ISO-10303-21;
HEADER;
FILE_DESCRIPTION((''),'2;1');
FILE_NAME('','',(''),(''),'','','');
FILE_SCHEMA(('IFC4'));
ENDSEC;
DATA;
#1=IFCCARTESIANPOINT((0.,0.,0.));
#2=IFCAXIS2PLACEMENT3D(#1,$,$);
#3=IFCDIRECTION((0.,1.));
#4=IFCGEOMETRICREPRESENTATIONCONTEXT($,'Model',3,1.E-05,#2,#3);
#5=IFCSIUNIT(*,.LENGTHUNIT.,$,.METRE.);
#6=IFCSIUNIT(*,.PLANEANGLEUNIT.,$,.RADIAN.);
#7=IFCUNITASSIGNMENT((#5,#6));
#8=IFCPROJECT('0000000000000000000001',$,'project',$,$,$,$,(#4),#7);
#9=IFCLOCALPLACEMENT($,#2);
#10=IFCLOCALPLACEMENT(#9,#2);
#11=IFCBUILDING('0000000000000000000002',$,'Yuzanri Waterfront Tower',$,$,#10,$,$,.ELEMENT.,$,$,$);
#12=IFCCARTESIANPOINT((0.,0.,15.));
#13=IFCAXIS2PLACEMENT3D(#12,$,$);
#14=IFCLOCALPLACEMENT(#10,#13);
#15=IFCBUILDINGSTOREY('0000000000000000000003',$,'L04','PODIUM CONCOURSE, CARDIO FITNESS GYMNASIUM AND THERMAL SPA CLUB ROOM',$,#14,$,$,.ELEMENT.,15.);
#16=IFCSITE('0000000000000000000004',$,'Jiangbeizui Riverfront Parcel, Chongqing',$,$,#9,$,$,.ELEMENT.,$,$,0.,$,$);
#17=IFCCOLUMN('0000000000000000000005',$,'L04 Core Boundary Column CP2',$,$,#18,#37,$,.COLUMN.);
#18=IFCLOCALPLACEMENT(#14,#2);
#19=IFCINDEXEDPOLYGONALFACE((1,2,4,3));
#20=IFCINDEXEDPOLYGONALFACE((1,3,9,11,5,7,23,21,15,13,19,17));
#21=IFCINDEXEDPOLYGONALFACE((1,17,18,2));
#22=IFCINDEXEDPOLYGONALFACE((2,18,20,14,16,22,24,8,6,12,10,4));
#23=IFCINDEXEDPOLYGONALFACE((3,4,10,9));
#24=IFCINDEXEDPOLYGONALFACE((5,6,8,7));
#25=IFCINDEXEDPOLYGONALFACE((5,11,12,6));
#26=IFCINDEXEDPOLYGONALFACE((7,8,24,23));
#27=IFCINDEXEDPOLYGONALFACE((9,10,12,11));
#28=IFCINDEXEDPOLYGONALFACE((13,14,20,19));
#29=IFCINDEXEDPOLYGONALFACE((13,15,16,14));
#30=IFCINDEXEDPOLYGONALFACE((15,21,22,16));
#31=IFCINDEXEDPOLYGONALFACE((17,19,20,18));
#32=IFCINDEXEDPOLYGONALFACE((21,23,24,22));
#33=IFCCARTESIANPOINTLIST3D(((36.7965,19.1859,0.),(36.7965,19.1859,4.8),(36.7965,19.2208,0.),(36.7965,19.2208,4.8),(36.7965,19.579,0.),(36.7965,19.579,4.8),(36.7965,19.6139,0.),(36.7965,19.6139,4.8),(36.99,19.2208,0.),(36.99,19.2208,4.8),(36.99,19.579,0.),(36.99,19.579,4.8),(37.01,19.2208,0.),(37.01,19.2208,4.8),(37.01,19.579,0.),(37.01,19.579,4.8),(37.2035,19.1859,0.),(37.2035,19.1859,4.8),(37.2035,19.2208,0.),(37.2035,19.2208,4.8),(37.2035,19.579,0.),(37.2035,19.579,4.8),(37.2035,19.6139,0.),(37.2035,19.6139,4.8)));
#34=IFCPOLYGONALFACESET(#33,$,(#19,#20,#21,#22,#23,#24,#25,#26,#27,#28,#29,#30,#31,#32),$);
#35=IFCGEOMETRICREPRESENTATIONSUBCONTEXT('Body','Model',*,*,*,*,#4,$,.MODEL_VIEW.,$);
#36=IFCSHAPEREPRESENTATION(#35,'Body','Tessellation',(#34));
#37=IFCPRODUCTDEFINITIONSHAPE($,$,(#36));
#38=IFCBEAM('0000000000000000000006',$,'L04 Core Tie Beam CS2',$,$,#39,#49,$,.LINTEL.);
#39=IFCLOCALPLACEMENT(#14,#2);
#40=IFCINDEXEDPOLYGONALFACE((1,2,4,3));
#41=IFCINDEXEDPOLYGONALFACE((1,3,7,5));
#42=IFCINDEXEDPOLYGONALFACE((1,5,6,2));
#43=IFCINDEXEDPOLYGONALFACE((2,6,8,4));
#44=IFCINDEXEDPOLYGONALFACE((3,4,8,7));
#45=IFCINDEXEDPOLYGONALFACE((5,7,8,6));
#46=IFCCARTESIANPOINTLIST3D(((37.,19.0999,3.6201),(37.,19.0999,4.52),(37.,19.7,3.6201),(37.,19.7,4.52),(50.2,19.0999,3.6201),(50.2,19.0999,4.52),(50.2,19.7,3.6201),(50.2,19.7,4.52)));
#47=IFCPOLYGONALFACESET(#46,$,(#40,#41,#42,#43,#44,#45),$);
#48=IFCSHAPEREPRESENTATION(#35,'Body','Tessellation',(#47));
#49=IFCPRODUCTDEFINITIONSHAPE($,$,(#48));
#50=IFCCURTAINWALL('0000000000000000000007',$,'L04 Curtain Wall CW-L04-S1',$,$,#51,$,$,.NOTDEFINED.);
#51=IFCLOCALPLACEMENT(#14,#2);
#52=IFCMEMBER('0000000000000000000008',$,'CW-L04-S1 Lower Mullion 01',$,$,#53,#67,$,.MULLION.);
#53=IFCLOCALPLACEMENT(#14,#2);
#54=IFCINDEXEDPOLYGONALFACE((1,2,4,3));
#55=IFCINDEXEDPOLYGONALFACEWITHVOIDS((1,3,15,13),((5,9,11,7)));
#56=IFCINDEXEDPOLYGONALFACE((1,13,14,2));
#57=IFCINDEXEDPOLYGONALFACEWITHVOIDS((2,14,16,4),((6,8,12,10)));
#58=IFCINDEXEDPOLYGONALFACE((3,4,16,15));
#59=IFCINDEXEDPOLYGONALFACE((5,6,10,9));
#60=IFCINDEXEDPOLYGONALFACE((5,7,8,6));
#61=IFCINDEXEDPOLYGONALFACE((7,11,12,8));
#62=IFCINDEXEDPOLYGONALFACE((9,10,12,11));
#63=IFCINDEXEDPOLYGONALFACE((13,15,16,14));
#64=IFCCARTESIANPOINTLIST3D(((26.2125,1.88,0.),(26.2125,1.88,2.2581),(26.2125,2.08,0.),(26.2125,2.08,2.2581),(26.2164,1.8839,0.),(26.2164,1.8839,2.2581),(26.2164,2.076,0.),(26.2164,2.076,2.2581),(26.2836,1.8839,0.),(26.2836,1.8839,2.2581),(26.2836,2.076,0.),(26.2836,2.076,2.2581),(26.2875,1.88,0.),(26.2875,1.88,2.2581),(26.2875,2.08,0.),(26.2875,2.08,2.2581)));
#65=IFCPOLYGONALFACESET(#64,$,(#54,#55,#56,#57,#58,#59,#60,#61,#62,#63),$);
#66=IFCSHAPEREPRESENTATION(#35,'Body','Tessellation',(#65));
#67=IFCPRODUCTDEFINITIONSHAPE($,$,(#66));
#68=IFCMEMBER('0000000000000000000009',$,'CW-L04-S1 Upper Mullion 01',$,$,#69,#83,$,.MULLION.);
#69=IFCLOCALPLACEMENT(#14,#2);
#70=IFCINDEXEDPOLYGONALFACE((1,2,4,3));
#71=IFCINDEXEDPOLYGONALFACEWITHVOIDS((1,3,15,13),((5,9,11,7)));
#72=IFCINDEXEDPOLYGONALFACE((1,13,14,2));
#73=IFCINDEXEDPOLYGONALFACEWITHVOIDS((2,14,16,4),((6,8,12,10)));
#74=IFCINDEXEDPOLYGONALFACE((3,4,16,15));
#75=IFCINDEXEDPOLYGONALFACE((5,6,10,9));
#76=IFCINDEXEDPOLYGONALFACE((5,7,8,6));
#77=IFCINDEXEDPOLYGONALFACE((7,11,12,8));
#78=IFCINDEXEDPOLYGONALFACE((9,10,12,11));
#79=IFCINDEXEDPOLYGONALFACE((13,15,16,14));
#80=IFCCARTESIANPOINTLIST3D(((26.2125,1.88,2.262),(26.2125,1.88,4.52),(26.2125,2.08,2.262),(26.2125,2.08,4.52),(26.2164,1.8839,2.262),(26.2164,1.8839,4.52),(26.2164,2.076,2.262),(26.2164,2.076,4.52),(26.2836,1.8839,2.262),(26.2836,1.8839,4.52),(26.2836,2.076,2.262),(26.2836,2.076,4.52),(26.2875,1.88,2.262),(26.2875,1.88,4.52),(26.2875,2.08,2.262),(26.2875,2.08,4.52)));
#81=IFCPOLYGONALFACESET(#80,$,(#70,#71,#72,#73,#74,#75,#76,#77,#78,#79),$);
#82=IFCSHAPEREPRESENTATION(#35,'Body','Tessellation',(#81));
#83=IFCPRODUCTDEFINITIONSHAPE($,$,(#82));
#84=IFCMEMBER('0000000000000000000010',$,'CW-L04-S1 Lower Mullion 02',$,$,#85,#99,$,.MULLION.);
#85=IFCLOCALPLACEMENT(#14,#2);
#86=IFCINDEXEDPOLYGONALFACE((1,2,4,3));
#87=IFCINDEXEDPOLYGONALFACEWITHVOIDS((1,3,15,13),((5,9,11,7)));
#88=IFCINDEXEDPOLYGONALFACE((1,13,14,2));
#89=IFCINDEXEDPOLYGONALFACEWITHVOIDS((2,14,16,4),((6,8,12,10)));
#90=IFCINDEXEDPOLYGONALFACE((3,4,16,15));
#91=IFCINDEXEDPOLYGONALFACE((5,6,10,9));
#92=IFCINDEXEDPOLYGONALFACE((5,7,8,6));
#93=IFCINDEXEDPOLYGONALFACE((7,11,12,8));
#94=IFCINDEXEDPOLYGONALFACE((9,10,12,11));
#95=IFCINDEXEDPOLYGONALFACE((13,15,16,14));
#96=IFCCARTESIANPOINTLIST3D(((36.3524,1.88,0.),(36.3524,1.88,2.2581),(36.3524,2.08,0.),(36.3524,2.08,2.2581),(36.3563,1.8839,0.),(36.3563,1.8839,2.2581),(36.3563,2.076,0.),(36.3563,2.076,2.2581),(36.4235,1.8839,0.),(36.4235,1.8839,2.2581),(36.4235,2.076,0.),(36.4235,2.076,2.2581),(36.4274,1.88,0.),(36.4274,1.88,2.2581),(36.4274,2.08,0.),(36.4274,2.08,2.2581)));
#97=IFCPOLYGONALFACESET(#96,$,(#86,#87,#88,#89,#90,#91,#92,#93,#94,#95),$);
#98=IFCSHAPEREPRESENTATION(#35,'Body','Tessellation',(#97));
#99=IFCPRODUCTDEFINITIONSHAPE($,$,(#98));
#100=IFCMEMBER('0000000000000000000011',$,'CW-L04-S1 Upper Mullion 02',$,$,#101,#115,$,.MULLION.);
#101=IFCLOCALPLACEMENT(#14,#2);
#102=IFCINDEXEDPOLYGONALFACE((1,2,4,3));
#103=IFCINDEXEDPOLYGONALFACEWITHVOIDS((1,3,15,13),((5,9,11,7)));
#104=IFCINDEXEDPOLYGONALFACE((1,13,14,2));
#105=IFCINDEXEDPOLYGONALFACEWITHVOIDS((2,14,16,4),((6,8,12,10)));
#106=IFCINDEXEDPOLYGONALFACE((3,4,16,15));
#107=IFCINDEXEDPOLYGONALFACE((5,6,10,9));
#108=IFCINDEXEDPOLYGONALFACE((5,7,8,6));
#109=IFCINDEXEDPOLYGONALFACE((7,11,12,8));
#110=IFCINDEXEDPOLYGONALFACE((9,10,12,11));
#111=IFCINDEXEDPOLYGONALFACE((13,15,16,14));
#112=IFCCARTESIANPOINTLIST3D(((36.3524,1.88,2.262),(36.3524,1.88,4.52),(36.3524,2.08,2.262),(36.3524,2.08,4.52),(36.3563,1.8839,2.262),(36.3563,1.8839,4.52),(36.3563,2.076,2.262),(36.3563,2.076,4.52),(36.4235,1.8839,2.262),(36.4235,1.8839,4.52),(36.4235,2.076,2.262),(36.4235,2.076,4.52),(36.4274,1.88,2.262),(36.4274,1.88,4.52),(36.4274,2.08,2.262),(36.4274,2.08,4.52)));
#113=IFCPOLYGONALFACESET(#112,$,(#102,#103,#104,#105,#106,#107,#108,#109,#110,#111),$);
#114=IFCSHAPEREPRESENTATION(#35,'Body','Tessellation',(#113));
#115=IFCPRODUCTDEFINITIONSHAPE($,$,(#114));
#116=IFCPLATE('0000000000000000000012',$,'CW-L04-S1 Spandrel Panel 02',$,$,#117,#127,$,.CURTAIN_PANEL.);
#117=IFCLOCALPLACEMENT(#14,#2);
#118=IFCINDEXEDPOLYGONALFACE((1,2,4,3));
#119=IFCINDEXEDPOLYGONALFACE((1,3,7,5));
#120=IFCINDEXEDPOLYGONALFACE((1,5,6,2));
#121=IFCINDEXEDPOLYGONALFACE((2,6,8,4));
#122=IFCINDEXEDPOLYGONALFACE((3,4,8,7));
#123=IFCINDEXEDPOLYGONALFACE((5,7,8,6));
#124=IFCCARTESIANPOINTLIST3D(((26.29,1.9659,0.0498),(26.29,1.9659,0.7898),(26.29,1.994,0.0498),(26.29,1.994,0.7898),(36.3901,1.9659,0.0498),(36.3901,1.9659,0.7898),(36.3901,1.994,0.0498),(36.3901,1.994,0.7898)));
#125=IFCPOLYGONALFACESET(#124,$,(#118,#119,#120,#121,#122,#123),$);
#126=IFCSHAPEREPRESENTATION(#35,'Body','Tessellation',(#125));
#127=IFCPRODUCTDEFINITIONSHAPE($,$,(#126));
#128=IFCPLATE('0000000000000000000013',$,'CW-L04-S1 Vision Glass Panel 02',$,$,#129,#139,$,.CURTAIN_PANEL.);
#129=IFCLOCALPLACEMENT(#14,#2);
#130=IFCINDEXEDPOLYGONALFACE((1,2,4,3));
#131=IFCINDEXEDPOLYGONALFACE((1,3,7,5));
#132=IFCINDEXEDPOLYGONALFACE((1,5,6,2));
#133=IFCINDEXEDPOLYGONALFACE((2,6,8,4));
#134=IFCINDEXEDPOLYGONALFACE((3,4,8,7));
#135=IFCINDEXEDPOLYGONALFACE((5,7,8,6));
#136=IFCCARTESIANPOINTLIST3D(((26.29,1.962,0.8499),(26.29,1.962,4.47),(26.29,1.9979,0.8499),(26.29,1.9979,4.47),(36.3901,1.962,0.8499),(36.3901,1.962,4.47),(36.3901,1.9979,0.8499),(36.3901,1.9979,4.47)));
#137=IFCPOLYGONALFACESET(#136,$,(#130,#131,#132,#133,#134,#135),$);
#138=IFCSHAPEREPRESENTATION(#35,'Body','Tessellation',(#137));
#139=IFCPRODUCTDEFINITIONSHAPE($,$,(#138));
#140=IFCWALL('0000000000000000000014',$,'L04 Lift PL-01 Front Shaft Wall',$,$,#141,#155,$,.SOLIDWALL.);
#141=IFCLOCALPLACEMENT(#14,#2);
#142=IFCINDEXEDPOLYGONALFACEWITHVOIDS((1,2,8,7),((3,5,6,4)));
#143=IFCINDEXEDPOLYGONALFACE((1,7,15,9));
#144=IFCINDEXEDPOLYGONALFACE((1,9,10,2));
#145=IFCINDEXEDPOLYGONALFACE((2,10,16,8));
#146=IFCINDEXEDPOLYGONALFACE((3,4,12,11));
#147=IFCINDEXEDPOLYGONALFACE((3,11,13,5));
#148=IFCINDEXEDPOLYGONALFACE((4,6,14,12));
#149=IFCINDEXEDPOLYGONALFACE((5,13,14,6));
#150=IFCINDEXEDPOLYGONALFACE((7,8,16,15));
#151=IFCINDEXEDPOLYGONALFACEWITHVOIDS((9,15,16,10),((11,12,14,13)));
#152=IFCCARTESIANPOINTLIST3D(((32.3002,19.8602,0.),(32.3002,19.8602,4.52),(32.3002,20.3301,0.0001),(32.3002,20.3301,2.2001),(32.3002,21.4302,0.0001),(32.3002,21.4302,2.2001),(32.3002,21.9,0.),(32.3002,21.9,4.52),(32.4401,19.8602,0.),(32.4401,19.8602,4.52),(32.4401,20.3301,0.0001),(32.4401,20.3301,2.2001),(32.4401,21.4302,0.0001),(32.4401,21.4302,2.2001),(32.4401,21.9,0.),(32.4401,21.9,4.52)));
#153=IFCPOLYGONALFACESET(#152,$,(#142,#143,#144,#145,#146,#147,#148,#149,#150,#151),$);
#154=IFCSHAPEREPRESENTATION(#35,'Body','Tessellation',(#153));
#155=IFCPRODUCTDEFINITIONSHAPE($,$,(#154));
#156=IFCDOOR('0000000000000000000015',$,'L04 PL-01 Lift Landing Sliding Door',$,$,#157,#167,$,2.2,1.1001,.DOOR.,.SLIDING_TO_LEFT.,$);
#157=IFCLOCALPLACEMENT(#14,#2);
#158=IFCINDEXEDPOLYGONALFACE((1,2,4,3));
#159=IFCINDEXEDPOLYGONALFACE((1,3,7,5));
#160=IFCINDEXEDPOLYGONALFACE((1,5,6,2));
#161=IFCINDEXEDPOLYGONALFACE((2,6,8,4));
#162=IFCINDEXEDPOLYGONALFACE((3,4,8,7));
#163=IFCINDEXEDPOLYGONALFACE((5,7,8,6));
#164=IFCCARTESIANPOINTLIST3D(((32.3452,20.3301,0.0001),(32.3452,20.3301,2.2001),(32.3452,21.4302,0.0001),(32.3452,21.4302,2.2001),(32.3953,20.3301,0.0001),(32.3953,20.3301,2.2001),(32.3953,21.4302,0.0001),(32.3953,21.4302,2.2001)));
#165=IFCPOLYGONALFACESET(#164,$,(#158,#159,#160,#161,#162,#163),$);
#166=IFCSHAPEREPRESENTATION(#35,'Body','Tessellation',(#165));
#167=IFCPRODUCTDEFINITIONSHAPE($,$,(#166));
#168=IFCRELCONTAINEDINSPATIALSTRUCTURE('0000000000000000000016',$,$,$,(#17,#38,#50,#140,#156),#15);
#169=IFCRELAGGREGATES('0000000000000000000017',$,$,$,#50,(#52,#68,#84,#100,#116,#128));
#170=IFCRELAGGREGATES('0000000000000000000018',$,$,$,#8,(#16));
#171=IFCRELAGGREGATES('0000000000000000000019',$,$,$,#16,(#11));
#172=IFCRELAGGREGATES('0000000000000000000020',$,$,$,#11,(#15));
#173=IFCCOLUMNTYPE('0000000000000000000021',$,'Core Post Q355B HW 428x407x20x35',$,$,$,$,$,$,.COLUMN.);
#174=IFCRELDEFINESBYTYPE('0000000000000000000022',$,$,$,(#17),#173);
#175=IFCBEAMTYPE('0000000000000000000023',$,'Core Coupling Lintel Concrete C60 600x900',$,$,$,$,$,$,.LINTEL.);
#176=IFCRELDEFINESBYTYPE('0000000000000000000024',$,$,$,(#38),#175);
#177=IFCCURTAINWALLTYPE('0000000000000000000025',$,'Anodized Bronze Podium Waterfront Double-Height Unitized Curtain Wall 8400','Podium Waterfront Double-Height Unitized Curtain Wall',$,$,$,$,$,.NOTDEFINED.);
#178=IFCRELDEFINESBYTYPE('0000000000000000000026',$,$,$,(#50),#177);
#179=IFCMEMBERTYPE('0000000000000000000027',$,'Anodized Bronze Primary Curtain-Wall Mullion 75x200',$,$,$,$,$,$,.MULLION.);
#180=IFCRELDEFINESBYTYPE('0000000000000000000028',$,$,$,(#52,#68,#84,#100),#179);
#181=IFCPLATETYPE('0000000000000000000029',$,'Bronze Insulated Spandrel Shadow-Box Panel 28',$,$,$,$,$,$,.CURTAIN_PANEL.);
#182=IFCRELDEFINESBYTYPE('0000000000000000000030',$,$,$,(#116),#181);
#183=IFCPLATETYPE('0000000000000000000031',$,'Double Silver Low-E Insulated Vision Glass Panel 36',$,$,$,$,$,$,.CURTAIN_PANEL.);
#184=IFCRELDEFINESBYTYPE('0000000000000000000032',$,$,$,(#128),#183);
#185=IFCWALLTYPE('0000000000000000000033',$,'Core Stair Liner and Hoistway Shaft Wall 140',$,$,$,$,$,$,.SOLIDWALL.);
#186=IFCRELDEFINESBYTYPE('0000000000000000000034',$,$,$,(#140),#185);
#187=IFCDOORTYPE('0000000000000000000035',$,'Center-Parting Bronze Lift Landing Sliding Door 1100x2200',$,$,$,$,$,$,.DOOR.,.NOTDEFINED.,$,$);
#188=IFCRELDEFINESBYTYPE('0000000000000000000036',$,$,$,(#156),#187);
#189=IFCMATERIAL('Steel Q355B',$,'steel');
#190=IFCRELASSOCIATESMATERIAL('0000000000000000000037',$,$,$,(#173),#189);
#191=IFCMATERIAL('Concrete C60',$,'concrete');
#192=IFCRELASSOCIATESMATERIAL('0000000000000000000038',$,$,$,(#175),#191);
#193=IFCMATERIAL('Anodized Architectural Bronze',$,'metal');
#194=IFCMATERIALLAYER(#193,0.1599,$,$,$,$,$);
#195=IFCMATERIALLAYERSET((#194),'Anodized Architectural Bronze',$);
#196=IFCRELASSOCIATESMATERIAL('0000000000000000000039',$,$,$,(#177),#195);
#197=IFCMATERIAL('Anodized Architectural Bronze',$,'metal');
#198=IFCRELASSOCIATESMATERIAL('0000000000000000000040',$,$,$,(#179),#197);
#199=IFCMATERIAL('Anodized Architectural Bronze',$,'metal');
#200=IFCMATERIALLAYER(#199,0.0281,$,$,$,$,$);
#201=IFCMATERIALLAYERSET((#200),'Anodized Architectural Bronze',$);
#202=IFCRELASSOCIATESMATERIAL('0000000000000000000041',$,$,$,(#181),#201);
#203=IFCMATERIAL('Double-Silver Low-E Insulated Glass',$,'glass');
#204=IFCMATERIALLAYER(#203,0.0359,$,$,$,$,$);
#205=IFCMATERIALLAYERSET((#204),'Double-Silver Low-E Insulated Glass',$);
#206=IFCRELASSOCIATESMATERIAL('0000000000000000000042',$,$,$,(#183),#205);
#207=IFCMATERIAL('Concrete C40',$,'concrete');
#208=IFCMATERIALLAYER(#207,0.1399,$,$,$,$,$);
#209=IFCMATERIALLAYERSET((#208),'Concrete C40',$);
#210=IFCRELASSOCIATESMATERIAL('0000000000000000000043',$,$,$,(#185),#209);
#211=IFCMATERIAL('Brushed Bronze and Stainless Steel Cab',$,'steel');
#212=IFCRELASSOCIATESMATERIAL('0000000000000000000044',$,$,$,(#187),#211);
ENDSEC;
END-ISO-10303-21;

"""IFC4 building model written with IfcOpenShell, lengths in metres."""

from ifc_helpers import new_model, si_unit, direction, frame, frame_2d, origin, origin_2d, place, context, subcontext, project, spatial, rectangle, hollow_rectangle, i_section, extrude, source, transform, mapped, material, layer, layer_set, material_profile, profile_set, type_object, element, fill, aggregate, save


model = new_model("IFC4")

# Units and contexts
model_context = context("Model", 3, precision=1e-05, world=origin(), true_north=direction((0.0, 1.0)))
body_context = subcontext(model_context, "Body", "Model", "MODEL_VIEW")
ifc_project = project(units=[si_unit("LENGTHUNIT", "METRE"), si_unit("PLANEANGLEUNIT", "RADIAN")], contexts=[model_context])

# Site, building, storey
site_placement = place(None, origin())
site = spatial("IfcSite", under=ifc_project, at=site_placement, Name="Jiangbeizui Riverfront Parcel, Chongqing", CompositionType="ELEMENT", RefElevation=0.0)
building_placement = place(site_placement, origin())
building = spatial("IfcBuilding", under=site, at=building_placement, Name="Yuzanri Waterfront Tower", CompositionType="ELEMENT")
storey_placement = place(building_placement, frame((0.0, 0.0, 15.0)))
storey = spatial("IfcBuildingStorey", under=building, at=storey_placement, Name="L04", Description="PODIUM CONCOURSE, CARDIO FITNESS GYMNASIUM AND THERMAL SPA CLUB ROOM", CompositionType="ELEMENT", Elevation=15.0)

# Column
ifc_material_1 = material(Name="Steel Q355B", Category="steel")
ifc_material_profile_1 = material_profile(ifc_material_1, i_section(OverallWidth=0.407, OverallDepth=0.428, WebThickness=0.02, FlangeThickness=0.0349, at=origin_2d()), Name="HW 428x407x20x35")
ifc_profile_set_1 = profile_set([ifc_material_profile_1], Name="Steel Q355B")
column_type = type_object("IfcColumnType", Name="Core Post Q355B HW 428x407x20x35", PredefinedType="COLUMN", material=ifc_profile_set_1)
shared_shape_1 = source(origin(), body_context, "Body", "SweptSolid", [
    extrude(i_section(OverallWidth=0.407, OverallDepth=0.428, WebThickness=0.02, FlangeThickness=0.0349, at=origin_2d()), origin(), (0.0, 0.0, 1.0), 4.8),
])
column_placement = place(storey_placement, frame((37.0, 19.3999, 0.0), z_axis=(0.0, 0.0, 1.0), x_axis=(1.0, 0.0, 0.0)))
element("IfcColumn", 1, at=column_placement, inside=storey, type_object=column_type, Name="L04 Core Boundary Column CP2", PredefinedType="COLUMN", context=body_context, shape_type="MappedRepresentation", body=[
    mapped(shared_shape_1, transform((0.0, 0.0, 0.0), scale=1.0)),
])

# Beam
ifc_material_2 = material(Name="Concrete C60", Category="concrete")
ifc_material_profile_2 = material_profile(ifc_material_2, rectangle(XDim=0.6001, YDim=0.8999, at=origin_2d()), Name="RC 600x900")
ifc_profile_set_2 = profile_set([ifc_material_profile_2], Name="Concrete C60")
beam_type = type_object("IfcBeamType", Name="Core Coupling Lintel Concrete C60 600x900", PredefinedType="LINTEL", material=ifc_profile_set_2)
shared_shape_2 = source(origin(), body_context, "Body", "SweptSolid", [
    extrude(rectangle(XDim=0.6001, YDim=0.8999, at=origin_2d()), origin(), (0.0, 0.0, 1.0), 13.2),
])
beam_placement = place(storey_placement, frame((37.0, 19.3999, 4.0701), z_axis=(1.0, 0.0, 0.0), x_axis=(0.0, 1.0, 0.0)))
element("IfcBeam", 2, at=beam_placement, inside=storey, type_object=beam_type, Name="L04 Core Tie Beam CS2", PredefinedType="LINTEL", context=body_context, shape_type="MappedRepresentation", body=[
    mapped(shared_shape_2, transform((0.0, 0.0, 0.0), scale=1.0)),
])

# Curtain wall, members, plates
ifc_material_3 = material(Name="Anodized Architectural Bronze", Category="metal")
ifc_layer_1 = layer(ifc_material_3, 0.1599)
ifc_layer_set_1 = layer_set([ifc_layer_1], Name="Anodized Architectural Bronze")
curtain_wall_type = type_object("IfcCurtainWallType", Name="Anodized Bronze Podium Waterfront Double-Height Unitized Curtain Wall 8400", Description="Podium Waterfront Double-Height Unitized Curtain Wall", PredefinedType="NOTDEFINED", material=ifc_layer_set_1)
curtain_wall_placement = place(storey_placement, origin())
curtain_wall = element("IfcCurtainWall", 3, at=curtain_wall_placement, inside=storey, type_object=curtain_wall_type, Name="L04 Curtain Wall CW-L04-S1", PredefinedType="NOTDEFINED")
ifc_material_4 = material(Name="Anodized Architectural Bronze", Category="metal")
ifc_material_profile_3 = material_profile(ifc_material_4, hollow_rectangle(XDim=0.075, YDim=0.2, WallThickness=0.0039, at=origin_2d()), Name="CWM 75x200")
ifc_profile_set_3 = profile_set([ifc_material_profile_3], Name="Anodized Architectural Bronze")
member_type = type_object("IfcMemberType", Name="Anodized Bronze Primary Curtain-Wall Mullion 75x200", PredefinedType="MULLION", material=ifc_profile_set_3)
shared_shape_3 = source(origin(), body_context, "Body", "SweptSolid", [
    extrude(hollow_rectangle(XDim=0.075, YDim=0.2, WallThickness=0.0039, at=origin_2d()), origin(), (0.0, 0.0, 1.0), 2.2581),
])
member_1_placement = place(storey_placement, frame((26.25, 1.98, 0.0), z_axis=(0.0, 0.0, 1.0), x_axis=(1.0, 0.0, 0.0)))
member_1 = element("IfcMember", 4, at=member_1_placement, type_object=member_type, Name="CW-L04-S1 Lower Mullion 01", PredefinedType="MULLION", context=body_context, shape_type="MappedRepresentation", body=[
    mapped(shared_shape_3, transform((0.0, 0.0, 0.0), scale=1.0)),
])
member_2_placement = place(storey_placement, frame((26.25, 1.98, 2.262), z_axis=(0.0, 0.0, 1.0), x_axis=(1.0, 0.0, 0.0)))
member_2 = element("IfcMember", 5, at=member_2_placement, type_object=member_type, Name="CW-L04-S1 Upper Mullion 01", PredefinedType="MULLION", context=body_context, shape_type="MappedRepresentation", body=[
    mapped(shared_shape_3, transform((0.0, 0.0, 0.0), scale=1.0)),
])
member_3_placement = place(storey_placement, frame((36.3899, 1.98, 0.0), z_axis=(0.0, 0.0, 1.0), x_axis=(1.0, 0.0, 0.0)))
member_3 = element("IfcMember", 6, at=member_3_placement, type_object=member_type, Name="CW-L04-S1 Lower Mullion 02", PredefinedType="MULLION", context=body_context, shape_type="MappedRepresentation", body=[
    mapped(shared_shape_3, transform((0.0, 0.0, 0.0), scale=1.0)),
])
member_4_placement = place(storey_placement, frame((36.3899, 1.98, 2.262), z_axis=(0.0, 0.0, 1.0), x_axis=(1.0, 0.0, 0.0)))
member_4 = element("IfcMember", 7, at=member_4_placement, type_object=member_type, Name="CW-L04-S1 Upper Mullion 02", PredefinedType="MULLION", context=body_context, shape_type="MappedRepresentation", body=[
    mapped(shared_shape_3, transform((0.0, 0.0, 0.0), scale=1.0)),
])
ifc_material_5 = material(Name="Anodized Architectural Bronze", Category="metal")
ifc_layer_2 = layer(ifc_material_5, 0.0281)
ifc_layer_set_2 = layer_set([ifc_layer_2], Name="Anodized Architectural Bronze")
plate_type_1 = type_object("IfcPlateType", Name="Bronze Insulated Spandrel Shadow-Box Panel 28", PredefinedType="CURTAIN_PANEL", material=ifc_layer_set_2)
shared_shape_4 = source(origin(), body_context, "Body", "SweptSolid", [
    extrude(rectangle(XDim=10.1001, YDim=0.0281, at=origin_2d()), origin(), (0.0, 0.0, 1.0), 0.74),
])
plate_1_placement = place(storey_placement, frame((31.3401, 1.98, 0.0498), z_axis=(0.0, 0.0, 1.0), x_axis=(1.0, 0.0, 0.0)))
plate_1 = element("IfcPlate", 8, at=plate_1_placement, type_object=plate_type_1, Name="CW-L04-S1 Spandrel Panel 02", PredefinedType="CURTAIN_PANEL", context=body_context, shape_type="MappedRepresentation", body=[
    mapped(shared_shape_4, transform((0.0, 0.0, 0.0), scale=1.0)),
])
ifc_material_6 = material(Name="Double-Silver Low-E Insulated Glass", Category="glass")
ifc_layer_3 = layer(ifc_material_6, 0.0359)
ifc_layer_set_3 = layer_set([ifc_layer_3], Name="Double-Silver Low-E Insulated Glass")
plate_type_2 = type_object("IfcPlateType", Name="Double Silver Low-E Insulated Vision Glass Panel 36", PredefinedType="CURTAIN_PANEL", material=ifc_layer_set_3)
shared_shape_5 = source(origin(), body_context, "Body", "SweptSolid", [
    extrude(rectangle(XDim=10.1001, YDim=0.0359, at=origin_2d()), origin(), (0.0, 0.0, 1.0), 3.6201),
])
plate_2_placement = place(storey_placement, frame((31.3401, 1.98, 0.8499), z_axis=(0.0, 0.0, 1.0), x_axis=(1.0, 0.0, 0.0)))
plate_2 = element("IfcPlate", 9, at=plate_2_placement, type_object=plate_type_2, Name="CW-L04-S1 Vision Glass Panel 02", PredefinedType="CURTAIN_PANEL", context=body_context, shape_type="MappedRepresentation", body=[
    mapped(shared_shape_5, transform((0.0, 0.0, 0.0), scale=1.0)),
])
aggregate(curtain_wall, [member_1, member_2, member_3, member_4, plate_1, plate_2])

# Wall, opening, door
ifc_material_7 = material(Name="Concrete C40", Category="concrete")
ifc_layer_4 = layer(ifc_material_7, 0.1399)
ifc_layer_set_4 = layer_set([ifc_layer_4], Name="Concrete C40")
wall_type_1 = type_object("IfcWallType", Name="Core Stair Liner and Hoistway Shaft Wall 140", PredefinedType="SOLIDWALL", material=ifc_layer_set_4)
wall_1_placement = place(storey_placement, frame((32.3701, 19.8601, 0.0), z_axis=(0.0, 0.0, 1.0), x_axis=(0.0, 1.0, 0.0)))
wall_1 = element("IfcWall", 10, at=wall_1_placement, inside=storey, type_object=wall_type_1, Name="L04 Lift PL-01 Front Shaft Wall", PredefinedType="SOLIDWALL", context=body_context, shape_type="SweptSolid", body=[
    extrude(rectangle(XDim=2.0398, YDim=0.1399, at=frame_2d((1.02, 0.0))), origin(), (0.0, 0.0, 1.0), 4.52),
])
opening_1_placement = place(wall_1_placement, frame((0.47, 0.0, 0.0)))
opening_1 = element("IfcOpeningElement", 11, at=opening_1_placement, cuts=wall_1, PredefinedType="OPENING", context=body_context, shape_type="SweptSolid", body=[
    extrude(rectangle(XDim=1.1001, YDim=2.2, at=frame_2d((0.55, 1.1001))), frame((0.0, 0.085, 0.0), z_axis=(0.0, -1.0, 0.0), x_axis=(1.0, 0.0, 0.0)), (0.0, 0.0, 1.0), 0.1697),
])
ifc_material_8 = material(Name="Brushed Bronze and Stainless Steel Cab", Category="steel")
door_type_1 = type_object("IfcDoorType", Name="Center-Parting Bronze Lift Landing Sliding Door 1100x2200", OperationType="NOTDEFINED", PredefinedType="DOOR", material=ifc_material_8)
shared_shape_6 = source(origin(), body_context, "Body", "SweptSolid", [
    extrude(rectangle(XDim=1.1001, YDim=2.2, at=frame_2d((0.55, 1.1001))), frame((0.0, 0.0249, 0.0), z_axis=(0.0, -1.0, 0.0), x_axis=(1.0, 0.0, 0.0)), (0.0, 0.0, 1.0), 0.05),
])
door_1_placement = place(opening_1_placement, origin())
door_1 = element("IfcDoor", 12, at=door_1_placement, inside=storey, type_object=door_type_1, Name="L04 PL-01 Lift Landing Sliding Door", OperationType="SLIDING_TO_LEFT", OverallHeight=2.2, OverallWidth=1.1001, PredefinedType="DOOR", context=body_context, shape_type="MappedRepresentation", body=[
    mapped(shared_shape_6, transform((0.0, 0.0, 0.0), scale=1.0)),
])
fill(opening_1, door_1)

save(model, "model.ifc")
